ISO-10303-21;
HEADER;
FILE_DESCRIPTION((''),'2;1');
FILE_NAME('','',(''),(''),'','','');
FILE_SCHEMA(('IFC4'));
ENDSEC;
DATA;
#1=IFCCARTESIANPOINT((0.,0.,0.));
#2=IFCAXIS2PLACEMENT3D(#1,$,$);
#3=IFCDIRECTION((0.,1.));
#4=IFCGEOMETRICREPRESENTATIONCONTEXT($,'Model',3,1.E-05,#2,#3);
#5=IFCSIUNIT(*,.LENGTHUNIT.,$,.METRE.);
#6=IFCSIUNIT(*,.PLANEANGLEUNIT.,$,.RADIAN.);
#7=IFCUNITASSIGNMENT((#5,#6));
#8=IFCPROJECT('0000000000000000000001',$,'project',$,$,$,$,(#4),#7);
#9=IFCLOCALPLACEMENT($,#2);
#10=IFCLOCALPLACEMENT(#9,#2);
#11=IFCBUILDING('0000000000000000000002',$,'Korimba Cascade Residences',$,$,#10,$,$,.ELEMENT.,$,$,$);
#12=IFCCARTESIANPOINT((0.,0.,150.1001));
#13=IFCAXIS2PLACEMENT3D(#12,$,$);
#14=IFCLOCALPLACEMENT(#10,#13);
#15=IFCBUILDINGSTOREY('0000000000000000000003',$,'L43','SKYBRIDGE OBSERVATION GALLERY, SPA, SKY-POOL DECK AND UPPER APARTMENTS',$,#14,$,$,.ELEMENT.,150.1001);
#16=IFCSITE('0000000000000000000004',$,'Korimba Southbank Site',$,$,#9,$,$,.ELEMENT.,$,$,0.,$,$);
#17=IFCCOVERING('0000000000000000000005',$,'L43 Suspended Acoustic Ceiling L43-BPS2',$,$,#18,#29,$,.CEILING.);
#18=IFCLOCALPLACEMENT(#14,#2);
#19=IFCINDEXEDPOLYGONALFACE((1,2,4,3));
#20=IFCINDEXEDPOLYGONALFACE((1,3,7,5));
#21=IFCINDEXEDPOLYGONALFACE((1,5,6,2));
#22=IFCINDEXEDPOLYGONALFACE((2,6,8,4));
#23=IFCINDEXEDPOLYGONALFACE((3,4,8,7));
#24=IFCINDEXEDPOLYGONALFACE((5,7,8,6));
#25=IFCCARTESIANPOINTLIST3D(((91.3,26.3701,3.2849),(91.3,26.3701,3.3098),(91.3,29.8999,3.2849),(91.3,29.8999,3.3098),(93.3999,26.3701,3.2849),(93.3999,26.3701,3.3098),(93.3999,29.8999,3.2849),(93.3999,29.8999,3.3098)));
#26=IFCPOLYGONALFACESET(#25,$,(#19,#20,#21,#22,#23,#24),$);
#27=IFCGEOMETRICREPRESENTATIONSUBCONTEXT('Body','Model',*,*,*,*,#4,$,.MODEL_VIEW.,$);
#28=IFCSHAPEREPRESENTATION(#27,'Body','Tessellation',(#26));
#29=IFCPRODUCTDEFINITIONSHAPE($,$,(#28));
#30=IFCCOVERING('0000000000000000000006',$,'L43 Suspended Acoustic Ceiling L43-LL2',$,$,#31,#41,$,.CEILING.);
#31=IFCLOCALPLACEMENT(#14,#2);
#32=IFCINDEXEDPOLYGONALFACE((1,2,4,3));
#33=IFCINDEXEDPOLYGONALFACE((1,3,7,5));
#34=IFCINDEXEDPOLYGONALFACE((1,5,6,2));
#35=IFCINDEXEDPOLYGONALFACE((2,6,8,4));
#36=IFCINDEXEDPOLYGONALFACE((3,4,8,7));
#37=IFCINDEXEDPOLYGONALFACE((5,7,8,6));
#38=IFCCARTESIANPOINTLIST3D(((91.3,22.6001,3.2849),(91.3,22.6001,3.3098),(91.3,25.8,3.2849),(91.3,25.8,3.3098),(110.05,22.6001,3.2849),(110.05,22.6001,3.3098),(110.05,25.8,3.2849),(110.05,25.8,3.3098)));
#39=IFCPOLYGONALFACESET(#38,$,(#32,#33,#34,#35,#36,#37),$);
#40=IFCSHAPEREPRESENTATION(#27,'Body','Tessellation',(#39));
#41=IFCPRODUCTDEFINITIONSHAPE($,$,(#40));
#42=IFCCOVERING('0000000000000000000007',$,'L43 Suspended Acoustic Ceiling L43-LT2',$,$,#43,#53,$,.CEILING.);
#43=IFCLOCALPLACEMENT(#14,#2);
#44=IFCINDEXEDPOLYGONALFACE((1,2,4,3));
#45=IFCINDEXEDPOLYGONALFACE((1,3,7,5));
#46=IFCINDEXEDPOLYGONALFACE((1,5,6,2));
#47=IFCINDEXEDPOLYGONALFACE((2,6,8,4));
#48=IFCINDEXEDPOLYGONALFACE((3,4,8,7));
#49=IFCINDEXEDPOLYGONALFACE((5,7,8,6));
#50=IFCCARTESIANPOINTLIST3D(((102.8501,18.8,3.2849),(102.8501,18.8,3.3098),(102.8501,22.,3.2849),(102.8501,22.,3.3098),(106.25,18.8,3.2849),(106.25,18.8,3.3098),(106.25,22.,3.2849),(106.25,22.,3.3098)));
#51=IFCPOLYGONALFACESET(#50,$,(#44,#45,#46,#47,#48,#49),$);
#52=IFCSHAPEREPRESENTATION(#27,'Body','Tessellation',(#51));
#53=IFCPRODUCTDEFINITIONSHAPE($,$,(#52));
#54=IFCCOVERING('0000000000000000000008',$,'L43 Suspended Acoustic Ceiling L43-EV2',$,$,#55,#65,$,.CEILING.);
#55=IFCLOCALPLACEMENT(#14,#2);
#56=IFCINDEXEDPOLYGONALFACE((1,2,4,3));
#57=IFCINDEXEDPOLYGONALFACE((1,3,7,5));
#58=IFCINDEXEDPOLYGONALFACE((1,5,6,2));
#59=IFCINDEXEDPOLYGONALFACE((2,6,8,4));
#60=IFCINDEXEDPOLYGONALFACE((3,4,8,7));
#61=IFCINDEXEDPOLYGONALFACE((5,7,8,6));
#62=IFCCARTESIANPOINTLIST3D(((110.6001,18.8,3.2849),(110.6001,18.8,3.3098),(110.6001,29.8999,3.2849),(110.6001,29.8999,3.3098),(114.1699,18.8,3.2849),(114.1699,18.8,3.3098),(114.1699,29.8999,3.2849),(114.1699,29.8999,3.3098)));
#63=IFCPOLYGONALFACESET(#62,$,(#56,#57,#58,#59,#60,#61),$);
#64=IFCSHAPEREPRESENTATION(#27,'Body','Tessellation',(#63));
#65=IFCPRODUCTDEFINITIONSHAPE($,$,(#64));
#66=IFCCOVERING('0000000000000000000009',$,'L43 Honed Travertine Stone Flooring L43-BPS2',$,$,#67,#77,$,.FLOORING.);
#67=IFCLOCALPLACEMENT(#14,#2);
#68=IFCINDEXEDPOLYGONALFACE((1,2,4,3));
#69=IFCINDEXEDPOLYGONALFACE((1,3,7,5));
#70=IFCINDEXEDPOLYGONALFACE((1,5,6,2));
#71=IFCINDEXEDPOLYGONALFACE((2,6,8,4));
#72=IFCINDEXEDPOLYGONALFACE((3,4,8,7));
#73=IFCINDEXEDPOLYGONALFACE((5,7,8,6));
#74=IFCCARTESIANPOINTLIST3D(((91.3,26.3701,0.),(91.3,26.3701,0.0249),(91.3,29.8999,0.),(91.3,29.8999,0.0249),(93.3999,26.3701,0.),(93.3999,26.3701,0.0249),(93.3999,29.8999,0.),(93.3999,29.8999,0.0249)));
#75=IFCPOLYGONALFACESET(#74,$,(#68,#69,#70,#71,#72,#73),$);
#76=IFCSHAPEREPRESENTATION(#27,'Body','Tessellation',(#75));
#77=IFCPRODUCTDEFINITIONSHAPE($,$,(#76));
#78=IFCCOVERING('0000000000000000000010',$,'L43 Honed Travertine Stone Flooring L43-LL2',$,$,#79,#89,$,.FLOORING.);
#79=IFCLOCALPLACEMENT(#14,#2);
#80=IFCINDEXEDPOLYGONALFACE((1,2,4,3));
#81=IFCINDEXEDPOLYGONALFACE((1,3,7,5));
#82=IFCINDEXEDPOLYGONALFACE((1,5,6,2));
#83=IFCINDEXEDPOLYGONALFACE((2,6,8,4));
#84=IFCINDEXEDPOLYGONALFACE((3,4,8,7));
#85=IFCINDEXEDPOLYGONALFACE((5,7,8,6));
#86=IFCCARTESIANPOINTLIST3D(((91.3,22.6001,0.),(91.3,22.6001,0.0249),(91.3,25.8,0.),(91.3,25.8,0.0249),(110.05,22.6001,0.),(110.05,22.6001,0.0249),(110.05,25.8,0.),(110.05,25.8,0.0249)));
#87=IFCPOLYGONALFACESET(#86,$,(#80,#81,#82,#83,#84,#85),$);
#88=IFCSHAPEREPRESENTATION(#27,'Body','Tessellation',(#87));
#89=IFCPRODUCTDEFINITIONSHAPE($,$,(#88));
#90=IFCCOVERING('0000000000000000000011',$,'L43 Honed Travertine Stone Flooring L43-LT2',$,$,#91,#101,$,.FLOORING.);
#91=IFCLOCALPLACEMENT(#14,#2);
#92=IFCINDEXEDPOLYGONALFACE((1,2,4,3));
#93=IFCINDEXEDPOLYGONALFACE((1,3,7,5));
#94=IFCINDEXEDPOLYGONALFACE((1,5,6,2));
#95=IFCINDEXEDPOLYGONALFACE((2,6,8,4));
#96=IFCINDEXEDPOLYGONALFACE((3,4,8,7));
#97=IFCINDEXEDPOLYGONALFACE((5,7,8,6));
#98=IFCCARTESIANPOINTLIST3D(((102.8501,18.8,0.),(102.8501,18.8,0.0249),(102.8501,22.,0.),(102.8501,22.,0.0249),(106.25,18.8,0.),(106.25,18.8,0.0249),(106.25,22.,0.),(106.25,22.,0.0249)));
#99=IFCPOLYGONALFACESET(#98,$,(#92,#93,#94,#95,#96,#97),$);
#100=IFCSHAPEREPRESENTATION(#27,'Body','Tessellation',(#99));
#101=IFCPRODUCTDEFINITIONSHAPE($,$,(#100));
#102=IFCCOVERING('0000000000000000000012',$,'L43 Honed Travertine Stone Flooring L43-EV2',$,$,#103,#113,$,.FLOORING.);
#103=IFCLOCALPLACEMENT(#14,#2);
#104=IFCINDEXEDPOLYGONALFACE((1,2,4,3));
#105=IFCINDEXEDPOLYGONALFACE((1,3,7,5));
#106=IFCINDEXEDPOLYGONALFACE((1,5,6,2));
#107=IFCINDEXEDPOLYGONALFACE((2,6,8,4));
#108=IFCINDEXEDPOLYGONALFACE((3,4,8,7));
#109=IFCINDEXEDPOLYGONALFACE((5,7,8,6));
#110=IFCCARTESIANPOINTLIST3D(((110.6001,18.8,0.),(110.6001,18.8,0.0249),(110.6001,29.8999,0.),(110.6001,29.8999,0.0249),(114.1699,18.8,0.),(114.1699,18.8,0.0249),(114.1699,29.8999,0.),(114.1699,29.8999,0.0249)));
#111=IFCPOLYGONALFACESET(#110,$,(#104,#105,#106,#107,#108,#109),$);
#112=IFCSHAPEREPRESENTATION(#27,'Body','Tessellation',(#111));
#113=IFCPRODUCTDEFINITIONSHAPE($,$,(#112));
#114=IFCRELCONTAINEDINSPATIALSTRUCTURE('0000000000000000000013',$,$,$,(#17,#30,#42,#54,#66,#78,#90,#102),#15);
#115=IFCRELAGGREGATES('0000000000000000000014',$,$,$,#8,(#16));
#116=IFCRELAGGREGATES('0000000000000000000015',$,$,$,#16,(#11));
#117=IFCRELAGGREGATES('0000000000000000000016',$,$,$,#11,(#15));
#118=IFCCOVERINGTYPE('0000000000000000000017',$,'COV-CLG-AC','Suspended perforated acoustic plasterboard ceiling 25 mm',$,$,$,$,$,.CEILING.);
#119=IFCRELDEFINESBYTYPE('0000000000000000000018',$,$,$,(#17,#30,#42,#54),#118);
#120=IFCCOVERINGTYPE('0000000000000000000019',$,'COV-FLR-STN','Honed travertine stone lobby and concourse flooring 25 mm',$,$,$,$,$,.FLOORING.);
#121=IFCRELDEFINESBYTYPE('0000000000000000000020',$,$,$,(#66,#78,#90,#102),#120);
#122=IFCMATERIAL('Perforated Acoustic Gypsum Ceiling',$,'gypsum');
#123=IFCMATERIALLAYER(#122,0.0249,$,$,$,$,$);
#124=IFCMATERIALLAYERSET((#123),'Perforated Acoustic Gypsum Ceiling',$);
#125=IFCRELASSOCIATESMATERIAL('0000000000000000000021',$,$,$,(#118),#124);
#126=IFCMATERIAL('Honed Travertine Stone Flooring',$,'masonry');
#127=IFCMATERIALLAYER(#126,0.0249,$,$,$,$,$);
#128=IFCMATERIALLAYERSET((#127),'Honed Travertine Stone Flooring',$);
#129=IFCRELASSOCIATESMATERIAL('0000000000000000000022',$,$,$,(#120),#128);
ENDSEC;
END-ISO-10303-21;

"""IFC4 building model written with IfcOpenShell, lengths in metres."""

from ifc_helpers import new_model, si_unit, direction, frame, origin, place, context, subcontext, project, spatial, polyline, outline, extrude, material, layer, layer_set, type_object, element, save


model = new_model("IFC4")

# Units and contexts
model_context = context("Model", 3, precision=1e-05, world=origin(), true_north=direction((0.0, 1.0)))
body_context = subcontext(model_context, "Body", "Model", "MODEL_VIEW")
ifc_project = project(units=[si_unit("LENGTHUNIT", "METRE"), si_unit("PLANEANGLEUNIT", "RADIAN")], contexts=[model_context])

# Site, building, storey
site_placement = place(None, origin())
site = spatial("IfcSite", under=ifc_project, at=site_placement, Name="Korimba Southbank Site", CompositionType="ELEMENT", RefElevation=0.0)
building_placement = place(site_placement, origin())
building = spatial("IfcBuilding", under=site, at=building_placement, Name="Korimba Cascade Residences", CompositionType="ELEMENT")
storey_placement = place(building_placement, frame((0.0, 0.0, 150.1001)))
storey = spatial("IfcBuildingStorey", under=building, at=storey_placement, Name="L43", Description="SKYBRIDGE OBSERVATION GALLERY, SPA, SKY-POOL DECK AND UPPER APARTMENTS", CompositionType="ELEMENT", Elevation=150.1001)

# Coverings
ifc_material_1 = material(Name="Perforated Acoustic Gypsum Ceiling", Category="gypsum")
ifc_layer_1 = layer(ifc_material_1, 0.0249)
ifc_layer_set_1 = layer_set([ifc_layer_1], Name="Perforated Acoustic Gypsum Ceiling")
covering_type_1 = type_object("IfcCoveringType", Name="COV-CLG-AC", Description="Suspended perforated acoustic plasterboard ceiling 25 mm", PredefinedType="CEILING", material=ifc_layer_set_1)
covering_1_placement = place(storey_placement, frame((0.0, 0.0, 3.2849)))
element("IfcCovering", 1, at=covering_1_placement, inside=storey, type_object=covering_type_1, Name="L43 Suspended Acoustic Ceiling L43-BPS2", PredefinedType="CEILING", context=body_context, shape_type="SweptSolid", body=[
    extrude(outline(polyline([(91.3, 26.3701), (93.3999, 26.3701), (93.3999, 29.8999), (91.3, 29.8999), (91.3, 26.3701)])), origin(), (0.0, 0.0, 1.0), 0.0249),
])
covering_2_placement = place(storey_placement, frame((0.0, 0.0, 3.2849)))
element("IfcCovering", 2, at=covering_2_placement, inside=storey, type_object=covering_type_1, Name="L43 Suspended Acoustic Ceiling L43-LL2", PredefinedType="CEILING", context=body_context, shape_type="SweptSolid", body=[
    extrude(outline(polyline([(91.3, 22.6001), (110.05, 22.6001), (110.05, 25.8), (91.3, 25.8), (91.3, 22.6001)])), origin(), (0.0, 0.0, 1.0), 0.0249),
])
covering_3_placement = place(storey_placement, frame((0.0, 0.0, 3.2849)))
element("IfcCovering", 3, at=covering_3_placement, inside=storey, type_object=covering_type_1, Name="L43 Suspended Acoustic Ceiling L43-LT2", PredefinedType="CEILING", context=body_context, shape_type="SweptSolid", body=[
    extrude(outline(polyline([(102.8501, 18.8), (106.25, 18.8), (106.25, 22.0), (102.8501, 22.0), (102.8501, 18.8)])), origin(), (0.0, 0.0, 1.0), 0.0249),
])
covering_4_placement = place(storey_placement, frame((0.0, 0.0, 3.2849)))
element("IfcCovering", 4, at=covering_4_placement, inside=storey, type_object=covering_type_1, Name="L43 Suspended Acoustic Ceiling L43-EV2", PredefinedType="CEILING", context=body_context, shape_type="SweptSolid", body=[
    extrude(outline(polyline([(110.6001, 18.8), (114.1699, 18.8), (114.1699, 29.8999), (110.6001, 29.8999), (110.6001, 18.8)])), origin(), (0.0, 0.0, 1.0), 0.0249),
])
ifc_material_2 = material(Name="Honed Travertine Stone Flooring", Category="masonry")
ifc_layer_2 = layer(ifc_material_2, 0.0249)
ifc_layer_set_2 = layer_set([ifc_layer_2], Name="Honed Travertine Stone Flooring")
covering_type_2 = type_object("IfcCoveringType", Name="COV-FLR-STN", Description="Honed travertine stone lobby and concourse flooring 25 mm", PredefinedType="FLOORING", material=ifc_layer_set_2)
covering_5_placement = place(storey_placement, origin())
element("IfcCovering", 5, at=covering_5_placement, inside=storey, type_object=covering_type_2, Name="L43 Honed Travertine Stone Flooring L43-BPS2", PredefinedType="FLOORING", context=body_context, shape_type="SweptSolid", body=[
    extrude(outline(polyline([(91.3, 26.3701), (93.3999, 26.3701), (93.3999, 29.8999), (91.3, 29.8999), (91.3, 26.3701)])), origin(), (0.0, 0.0, 1.0), 0.0249),
])
covering_6_placement = place(storey_placement, origin())
element("IfcCovering", 6, at=covering_6_placement, inside=storey, type_object=covering_type_2, Name="L43 Honed Travertine Stone Flooring L43-LL2", PredefinedType="FLOORING", context=body_context, shape_type="SweptSolid", body=[
    extrude(outline(polyline([(91.3, 22.6001), (110.05, 22.6001), (110.05, 25.8), (91.3, 25.8), (91.3, 22.6001)])), origin(), (0.0, 0.0, 1.0), 0.0249),
])
covering_7_placement = place(storey_placement, origin())
element("IfcCovering", 7, at=covering_7_placement, inside=storey, type_object=covering_type_2, Name="L43 Honed Travertine Stone Flooring L43-LT2", PredefinedType="FLOORING", context=body_context, shape_type="SweptSolid", body=[
    extrude(outline(polyline([(102.8501, 18.8), (106.25, 18.8), (106.25, 22.0), (102.8501, 22.0), (102.8501, 18.8)])), origin(), (0.0, 0.0, 1.0), 0.0249),
])
covering_8_placement = place(storey_placement, origin())
element("IfcCovering", 8, at=covering_8_placement, inside=storey, type_object=covering_type_2, Name="L43 Honed Travertine Stone Flooring L43-EV2", PredefinedType="FLOORING", context=body_context, shape_type="SweptSolid", body=[
    extrude(outline(polyline([(110.6001, 18.8), (114.1699, 18.8), (114.1699, 29.8999), (110.6001, 29.8999), (110.6001, 18.8)])), origin(), (0.0, 0.0, 1.0), 0.0249),
])

save(model, "model.ifc")
